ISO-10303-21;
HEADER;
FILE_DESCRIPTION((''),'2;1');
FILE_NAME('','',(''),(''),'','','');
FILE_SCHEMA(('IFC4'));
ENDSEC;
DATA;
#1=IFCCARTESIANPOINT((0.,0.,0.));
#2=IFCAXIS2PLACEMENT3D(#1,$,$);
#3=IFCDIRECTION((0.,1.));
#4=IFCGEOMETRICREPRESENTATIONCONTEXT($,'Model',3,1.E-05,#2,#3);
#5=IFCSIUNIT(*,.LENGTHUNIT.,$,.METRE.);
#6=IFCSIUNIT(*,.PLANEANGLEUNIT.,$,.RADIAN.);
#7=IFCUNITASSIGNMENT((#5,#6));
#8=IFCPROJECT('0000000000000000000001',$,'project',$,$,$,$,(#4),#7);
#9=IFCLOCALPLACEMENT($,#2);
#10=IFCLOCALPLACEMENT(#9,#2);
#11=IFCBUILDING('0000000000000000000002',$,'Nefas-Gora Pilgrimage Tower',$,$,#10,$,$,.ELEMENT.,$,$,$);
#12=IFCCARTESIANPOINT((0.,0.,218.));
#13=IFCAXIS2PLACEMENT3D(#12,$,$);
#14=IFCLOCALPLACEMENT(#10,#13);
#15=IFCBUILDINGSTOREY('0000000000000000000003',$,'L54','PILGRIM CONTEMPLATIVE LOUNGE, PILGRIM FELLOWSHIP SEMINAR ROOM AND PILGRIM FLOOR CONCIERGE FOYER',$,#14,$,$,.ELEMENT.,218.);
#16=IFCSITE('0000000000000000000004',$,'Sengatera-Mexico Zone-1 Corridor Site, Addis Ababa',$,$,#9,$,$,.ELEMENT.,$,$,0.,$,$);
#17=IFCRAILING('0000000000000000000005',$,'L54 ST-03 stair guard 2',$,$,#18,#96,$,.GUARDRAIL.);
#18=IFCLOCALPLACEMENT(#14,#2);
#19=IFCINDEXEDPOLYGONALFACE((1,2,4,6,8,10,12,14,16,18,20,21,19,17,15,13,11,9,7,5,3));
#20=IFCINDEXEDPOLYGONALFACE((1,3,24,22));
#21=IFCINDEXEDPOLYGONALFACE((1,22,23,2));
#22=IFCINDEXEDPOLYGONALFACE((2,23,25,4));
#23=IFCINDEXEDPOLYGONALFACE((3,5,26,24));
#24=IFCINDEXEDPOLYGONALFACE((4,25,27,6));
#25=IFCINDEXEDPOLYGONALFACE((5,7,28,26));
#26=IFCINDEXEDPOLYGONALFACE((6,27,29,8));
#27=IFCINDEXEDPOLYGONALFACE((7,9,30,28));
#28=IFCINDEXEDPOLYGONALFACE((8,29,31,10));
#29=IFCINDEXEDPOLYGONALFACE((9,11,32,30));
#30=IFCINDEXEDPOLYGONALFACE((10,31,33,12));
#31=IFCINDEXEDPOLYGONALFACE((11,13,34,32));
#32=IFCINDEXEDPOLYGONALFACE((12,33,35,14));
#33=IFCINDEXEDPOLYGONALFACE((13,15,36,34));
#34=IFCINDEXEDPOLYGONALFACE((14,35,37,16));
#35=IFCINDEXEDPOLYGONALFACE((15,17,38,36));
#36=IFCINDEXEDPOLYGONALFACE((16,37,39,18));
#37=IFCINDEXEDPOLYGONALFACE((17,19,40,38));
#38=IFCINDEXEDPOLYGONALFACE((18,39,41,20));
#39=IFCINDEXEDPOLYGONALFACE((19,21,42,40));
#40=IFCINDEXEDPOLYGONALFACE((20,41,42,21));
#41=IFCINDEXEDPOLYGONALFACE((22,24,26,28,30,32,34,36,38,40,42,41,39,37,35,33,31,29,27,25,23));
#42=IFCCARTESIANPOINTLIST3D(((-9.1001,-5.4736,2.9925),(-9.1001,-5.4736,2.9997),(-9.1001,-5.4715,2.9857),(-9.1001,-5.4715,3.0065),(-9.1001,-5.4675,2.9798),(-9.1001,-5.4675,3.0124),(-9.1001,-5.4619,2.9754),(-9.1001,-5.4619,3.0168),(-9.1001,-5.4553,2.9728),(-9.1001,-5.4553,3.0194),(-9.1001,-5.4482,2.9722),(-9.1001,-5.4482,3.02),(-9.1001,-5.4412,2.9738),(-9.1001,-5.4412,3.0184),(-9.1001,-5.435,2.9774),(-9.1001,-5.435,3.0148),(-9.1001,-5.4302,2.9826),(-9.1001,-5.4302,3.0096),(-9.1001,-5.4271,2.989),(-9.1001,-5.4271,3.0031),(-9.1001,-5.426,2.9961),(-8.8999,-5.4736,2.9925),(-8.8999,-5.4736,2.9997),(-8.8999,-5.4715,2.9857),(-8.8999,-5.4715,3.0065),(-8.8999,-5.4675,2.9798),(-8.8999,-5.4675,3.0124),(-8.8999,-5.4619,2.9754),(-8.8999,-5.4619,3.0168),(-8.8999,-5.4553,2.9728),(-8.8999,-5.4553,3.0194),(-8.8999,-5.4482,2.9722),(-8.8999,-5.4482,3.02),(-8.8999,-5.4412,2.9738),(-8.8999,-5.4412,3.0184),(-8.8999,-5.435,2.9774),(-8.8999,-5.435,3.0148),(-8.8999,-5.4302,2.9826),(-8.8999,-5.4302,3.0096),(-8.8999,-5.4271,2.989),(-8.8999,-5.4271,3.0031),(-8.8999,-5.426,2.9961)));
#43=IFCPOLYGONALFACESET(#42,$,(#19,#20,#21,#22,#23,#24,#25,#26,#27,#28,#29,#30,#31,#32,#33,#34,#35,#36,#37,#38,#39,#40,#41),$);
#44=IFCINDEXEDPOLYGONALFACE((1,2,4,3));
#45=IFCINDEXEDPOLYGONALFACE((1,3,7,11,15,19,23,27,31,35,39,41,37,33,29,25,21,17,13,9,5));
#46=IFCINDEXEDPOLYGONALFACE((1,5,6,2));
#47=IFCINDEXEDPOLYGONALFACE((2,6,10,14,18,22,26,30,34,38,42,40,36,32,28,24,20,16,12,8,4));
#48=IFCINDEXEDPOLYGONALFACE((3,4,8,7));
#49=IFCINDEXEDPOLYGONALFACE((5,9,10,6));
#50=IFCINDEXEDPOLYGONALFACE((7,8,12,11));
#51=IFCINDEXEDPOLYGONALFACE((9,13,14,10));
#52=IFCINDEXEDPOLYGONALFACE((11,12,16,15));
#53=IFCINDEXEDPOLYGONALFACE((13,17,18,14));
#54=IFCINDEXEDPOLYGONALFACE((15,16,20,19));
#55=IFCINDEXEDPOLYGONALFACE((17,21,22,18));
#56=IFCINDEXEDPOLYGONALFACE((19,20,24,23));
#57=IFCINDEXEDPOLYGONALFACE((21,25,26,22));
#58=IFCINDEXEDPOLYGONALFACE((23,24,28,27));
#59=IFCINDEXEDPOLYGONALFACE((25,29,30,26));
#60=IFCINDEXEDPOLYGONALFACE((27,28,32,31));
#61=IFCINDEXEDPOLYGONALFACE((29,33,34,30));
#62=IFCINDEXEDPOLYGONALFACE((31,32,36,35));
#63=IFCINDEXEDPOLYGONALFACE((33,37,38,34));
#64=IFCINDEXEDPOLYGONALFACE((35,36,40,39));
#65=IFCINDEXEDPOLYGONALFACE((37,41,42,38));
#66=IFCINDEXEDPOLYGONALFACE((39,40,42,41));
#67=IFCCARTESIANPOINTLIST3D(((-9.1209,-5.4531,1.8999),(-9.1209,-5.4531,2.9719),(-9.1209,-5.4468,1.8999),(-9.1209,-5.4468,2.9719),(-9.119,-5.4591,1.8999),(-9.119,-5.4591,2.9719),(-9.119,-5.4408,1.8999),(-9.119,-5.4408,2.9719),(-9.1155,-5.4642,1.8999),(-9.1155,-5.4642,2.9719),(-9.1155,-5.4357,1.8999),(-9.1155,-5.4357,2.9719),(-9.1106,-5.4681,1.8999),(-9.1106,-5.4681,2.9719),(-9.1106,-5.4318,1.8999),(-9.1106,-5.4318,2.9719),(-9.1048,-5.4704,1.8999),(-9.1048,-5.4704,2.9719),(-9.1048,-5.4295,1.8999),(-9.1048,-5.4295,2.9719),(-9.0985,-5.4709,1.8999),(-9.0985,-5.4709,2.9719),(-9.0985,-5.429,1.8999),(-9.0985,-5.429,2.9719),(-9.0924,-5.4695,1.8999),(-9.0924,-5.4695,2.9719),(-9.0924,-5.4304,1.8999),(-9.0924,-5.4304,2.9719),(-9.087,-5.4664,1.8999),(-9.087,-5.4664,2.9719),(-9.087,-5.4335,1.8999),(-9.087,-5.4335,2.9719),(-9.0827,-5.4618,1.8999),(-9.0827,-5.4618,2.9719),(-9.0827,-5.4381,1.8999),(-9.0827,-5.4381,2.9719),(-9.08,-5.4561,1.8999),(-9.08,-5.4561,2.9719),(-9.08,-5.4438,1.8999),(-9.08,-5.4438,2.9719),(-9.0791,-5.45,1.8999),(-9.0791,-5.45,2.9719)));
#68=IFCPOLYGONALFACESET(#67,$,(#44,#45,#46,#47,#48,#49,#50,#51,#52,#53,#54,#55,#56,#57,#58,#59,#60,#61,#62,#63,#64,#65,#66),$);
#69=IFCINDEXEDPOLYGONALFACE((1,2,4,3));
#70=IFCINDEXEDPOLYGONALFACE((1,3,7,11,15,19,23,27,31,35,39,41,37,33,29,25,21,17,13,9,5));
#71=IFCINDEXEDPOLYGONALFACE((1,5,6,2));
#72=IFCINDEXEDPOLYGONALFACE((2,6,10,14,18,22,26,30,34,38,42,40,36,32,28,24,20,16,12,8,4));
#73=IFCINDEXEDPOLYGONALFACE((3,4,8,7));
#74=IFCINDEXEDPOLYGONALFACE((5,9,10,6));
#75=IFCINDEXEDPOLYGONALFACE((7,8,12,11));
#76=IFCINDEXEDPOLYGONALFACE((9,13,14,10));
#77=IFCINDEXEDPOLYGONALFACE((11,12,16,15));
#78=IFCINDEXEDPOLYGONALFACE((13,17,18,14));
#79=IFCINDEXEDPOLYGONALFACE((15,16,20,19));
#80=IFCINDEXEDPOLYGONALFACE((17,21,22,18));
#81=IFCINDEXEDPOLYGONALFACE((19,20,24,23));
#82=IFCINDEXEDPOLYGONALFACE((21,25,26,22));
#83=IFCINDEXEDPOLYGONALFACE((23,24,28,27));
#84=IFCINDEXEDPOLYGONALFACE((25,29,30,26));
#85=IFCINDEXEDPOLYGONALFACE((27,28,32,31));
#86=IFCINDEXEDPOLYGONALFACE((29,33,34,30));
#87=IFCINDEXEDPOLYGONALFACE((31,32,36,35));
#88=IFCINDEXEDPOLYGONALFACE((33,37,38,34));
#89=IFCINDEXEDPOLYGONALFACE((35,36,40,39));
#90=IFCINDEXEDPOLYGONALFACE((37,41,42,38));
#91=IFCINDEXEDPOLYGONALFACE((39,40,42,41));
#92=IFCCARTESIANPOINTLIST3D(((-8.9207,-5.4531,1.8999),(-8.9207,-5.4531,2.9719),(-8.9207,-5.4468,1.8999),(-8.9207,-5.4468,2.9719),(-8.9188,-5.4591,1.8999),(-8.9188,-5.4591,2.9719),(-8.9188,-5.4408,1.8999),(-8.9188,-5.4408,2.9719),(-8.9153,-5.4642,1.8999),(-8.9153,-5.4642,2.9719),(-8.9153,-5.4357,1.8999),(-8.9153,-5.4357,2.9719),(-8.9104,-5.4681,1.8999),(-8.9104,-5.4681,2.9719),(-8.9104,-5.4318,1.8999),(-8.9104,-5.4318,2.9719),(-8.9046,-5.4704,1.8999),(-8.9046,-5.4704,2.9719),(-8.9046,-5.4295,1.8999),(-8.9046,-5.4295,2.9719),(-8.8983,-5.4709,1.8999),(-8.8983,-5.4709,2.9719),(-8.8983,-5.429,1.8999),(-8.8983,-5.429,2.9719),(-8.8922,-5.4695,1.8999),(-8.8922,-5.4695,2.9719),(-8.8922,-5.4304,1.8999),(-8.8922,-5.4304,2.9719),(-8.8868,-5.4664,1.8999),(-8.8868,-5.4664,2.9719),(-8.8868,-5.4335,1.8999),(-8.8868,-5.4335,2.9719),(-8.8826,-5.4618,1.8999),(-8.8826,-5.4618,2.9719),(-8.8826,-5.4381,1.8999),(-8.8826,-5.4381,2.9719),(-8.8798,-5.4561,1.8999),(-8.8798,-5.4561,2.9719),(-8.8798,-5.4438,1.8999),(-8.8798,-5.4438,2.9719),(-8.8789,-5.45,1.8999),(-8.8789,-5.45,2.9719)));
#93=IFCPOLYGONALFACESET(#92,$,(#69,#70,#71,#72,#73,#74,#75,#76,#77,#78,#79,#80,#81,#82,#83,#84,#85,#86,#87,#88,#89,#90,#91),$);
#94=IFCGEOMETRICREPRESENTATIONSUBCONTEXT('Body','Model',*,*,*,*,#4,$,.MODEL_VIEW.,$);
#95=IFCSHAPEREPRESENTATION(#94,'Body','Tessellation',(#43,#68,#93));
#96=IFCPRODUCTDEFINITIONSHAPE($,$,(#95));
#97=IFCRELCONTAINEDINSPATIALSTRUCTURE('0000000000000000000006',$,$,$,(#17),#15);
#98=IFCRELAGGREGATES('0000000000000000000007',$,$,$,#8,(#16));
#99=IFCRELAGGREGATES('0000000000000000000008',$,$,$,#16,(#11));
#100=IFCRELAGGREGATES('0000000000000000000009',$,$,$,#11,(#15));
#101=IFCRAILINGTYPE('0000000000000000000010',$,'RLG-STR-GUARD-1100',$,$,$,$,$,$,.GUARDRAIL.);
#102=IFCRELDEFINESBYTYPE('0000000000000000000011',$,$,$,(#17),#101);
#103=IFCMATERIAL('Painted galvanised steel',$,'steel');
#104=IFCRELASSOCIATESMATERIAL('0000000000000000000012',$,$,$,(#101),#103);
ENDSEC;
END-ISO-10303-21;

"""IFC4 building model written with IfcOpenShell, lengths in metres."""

from ifc_helpers import new_model, si_unit, direction, frame, origin, origin_2d, place, context, subcontext, project, spatial, circle, extrude, material, type_object, element, save


model = new_model("IFC4")

# Units and contexts
model_context = context("Model", 3, precision=1e-05, world=origin(), true_north=direction((0.0, 1.0)))
body_context = subcontext(model_context, "Body", "Model", "MODEL_VIEW")
ifc_project = project(units=[si_unit("LENGTHUNIT", "METRE"), si_unit("PLANEANGLEUNIT", "RADIAN")], contexts=[model_context])

# Site, building, storey
site_placement = place(None, origin())
site = spatial("IfcSite", under=ifc_project, at=site_placement, Name="Sengatera-Mexico Zone-1 Corridor Site, Addis Ababa", CompositionType="ELEMENT", RefElevation=0.0)
building_placement = place(site_placement, origin())
building = spatial("IfcBuilding", under=site, at=building_placement, Name="Nefas-Gora Pilgrimage Tower", CompositionType="ELEMENT")
storey_placement = place(building_placement, frame((0.0, 0.0, 218.0)))
storey = spatial("IfcBuildingStorey", under=building, at=storey_placement, Name="L54", Description="PILGRIM CONTEMPLATIVE LOUNGE, PILGRIM FELLOWSHIP SEMINAR ROOM AND PILGRIM FLOOR CONCIERGE FOYER", CompositionType="ELEMENT", Elevation=218.0)

# Railing
ifc_material_1 = material(Name="Painted galvanised steel", Category="steel")
railing_type_1 = type_object("IfcRailingType", Name="RLG-STR-GUARD-1100", PredefinedType="GUARDRAIL", material=ifc_material_1)
railing_1_placement = place(storey_placement, frame((-9.1001, -5.45, 1.8999)))
element("IfcRailing", 1, at=railing_1_placement, inside=storey, type_object=railing_type_1, Name="L54 ST-03 stair guard 2", PredefinedType="GUARDRAIL", context=body_context, shape_type="SweptSolid", body=[
    extrude(circle(Radius=0.0239, at=origin_2d()), frame((0.0, 0.0, 1.0962), z_axis=(1.0, 0.0, 0.0), x_axis=(0.0, 1.0, 0.0)), (0.0, 0.0, 1.0), 0.2002),
    extrude(circle(Radius=0.021, at=origin_2d()), origin(), (0.0, 0.0, 1.0), 1.072),
    extrude(circle(Radius=0.021, at=origin_2d()), frame((0.2002, 0.0, 0.0)), (0.0, 0.0, 1.0), 1.072),
])

save(model, "model.ifc")
